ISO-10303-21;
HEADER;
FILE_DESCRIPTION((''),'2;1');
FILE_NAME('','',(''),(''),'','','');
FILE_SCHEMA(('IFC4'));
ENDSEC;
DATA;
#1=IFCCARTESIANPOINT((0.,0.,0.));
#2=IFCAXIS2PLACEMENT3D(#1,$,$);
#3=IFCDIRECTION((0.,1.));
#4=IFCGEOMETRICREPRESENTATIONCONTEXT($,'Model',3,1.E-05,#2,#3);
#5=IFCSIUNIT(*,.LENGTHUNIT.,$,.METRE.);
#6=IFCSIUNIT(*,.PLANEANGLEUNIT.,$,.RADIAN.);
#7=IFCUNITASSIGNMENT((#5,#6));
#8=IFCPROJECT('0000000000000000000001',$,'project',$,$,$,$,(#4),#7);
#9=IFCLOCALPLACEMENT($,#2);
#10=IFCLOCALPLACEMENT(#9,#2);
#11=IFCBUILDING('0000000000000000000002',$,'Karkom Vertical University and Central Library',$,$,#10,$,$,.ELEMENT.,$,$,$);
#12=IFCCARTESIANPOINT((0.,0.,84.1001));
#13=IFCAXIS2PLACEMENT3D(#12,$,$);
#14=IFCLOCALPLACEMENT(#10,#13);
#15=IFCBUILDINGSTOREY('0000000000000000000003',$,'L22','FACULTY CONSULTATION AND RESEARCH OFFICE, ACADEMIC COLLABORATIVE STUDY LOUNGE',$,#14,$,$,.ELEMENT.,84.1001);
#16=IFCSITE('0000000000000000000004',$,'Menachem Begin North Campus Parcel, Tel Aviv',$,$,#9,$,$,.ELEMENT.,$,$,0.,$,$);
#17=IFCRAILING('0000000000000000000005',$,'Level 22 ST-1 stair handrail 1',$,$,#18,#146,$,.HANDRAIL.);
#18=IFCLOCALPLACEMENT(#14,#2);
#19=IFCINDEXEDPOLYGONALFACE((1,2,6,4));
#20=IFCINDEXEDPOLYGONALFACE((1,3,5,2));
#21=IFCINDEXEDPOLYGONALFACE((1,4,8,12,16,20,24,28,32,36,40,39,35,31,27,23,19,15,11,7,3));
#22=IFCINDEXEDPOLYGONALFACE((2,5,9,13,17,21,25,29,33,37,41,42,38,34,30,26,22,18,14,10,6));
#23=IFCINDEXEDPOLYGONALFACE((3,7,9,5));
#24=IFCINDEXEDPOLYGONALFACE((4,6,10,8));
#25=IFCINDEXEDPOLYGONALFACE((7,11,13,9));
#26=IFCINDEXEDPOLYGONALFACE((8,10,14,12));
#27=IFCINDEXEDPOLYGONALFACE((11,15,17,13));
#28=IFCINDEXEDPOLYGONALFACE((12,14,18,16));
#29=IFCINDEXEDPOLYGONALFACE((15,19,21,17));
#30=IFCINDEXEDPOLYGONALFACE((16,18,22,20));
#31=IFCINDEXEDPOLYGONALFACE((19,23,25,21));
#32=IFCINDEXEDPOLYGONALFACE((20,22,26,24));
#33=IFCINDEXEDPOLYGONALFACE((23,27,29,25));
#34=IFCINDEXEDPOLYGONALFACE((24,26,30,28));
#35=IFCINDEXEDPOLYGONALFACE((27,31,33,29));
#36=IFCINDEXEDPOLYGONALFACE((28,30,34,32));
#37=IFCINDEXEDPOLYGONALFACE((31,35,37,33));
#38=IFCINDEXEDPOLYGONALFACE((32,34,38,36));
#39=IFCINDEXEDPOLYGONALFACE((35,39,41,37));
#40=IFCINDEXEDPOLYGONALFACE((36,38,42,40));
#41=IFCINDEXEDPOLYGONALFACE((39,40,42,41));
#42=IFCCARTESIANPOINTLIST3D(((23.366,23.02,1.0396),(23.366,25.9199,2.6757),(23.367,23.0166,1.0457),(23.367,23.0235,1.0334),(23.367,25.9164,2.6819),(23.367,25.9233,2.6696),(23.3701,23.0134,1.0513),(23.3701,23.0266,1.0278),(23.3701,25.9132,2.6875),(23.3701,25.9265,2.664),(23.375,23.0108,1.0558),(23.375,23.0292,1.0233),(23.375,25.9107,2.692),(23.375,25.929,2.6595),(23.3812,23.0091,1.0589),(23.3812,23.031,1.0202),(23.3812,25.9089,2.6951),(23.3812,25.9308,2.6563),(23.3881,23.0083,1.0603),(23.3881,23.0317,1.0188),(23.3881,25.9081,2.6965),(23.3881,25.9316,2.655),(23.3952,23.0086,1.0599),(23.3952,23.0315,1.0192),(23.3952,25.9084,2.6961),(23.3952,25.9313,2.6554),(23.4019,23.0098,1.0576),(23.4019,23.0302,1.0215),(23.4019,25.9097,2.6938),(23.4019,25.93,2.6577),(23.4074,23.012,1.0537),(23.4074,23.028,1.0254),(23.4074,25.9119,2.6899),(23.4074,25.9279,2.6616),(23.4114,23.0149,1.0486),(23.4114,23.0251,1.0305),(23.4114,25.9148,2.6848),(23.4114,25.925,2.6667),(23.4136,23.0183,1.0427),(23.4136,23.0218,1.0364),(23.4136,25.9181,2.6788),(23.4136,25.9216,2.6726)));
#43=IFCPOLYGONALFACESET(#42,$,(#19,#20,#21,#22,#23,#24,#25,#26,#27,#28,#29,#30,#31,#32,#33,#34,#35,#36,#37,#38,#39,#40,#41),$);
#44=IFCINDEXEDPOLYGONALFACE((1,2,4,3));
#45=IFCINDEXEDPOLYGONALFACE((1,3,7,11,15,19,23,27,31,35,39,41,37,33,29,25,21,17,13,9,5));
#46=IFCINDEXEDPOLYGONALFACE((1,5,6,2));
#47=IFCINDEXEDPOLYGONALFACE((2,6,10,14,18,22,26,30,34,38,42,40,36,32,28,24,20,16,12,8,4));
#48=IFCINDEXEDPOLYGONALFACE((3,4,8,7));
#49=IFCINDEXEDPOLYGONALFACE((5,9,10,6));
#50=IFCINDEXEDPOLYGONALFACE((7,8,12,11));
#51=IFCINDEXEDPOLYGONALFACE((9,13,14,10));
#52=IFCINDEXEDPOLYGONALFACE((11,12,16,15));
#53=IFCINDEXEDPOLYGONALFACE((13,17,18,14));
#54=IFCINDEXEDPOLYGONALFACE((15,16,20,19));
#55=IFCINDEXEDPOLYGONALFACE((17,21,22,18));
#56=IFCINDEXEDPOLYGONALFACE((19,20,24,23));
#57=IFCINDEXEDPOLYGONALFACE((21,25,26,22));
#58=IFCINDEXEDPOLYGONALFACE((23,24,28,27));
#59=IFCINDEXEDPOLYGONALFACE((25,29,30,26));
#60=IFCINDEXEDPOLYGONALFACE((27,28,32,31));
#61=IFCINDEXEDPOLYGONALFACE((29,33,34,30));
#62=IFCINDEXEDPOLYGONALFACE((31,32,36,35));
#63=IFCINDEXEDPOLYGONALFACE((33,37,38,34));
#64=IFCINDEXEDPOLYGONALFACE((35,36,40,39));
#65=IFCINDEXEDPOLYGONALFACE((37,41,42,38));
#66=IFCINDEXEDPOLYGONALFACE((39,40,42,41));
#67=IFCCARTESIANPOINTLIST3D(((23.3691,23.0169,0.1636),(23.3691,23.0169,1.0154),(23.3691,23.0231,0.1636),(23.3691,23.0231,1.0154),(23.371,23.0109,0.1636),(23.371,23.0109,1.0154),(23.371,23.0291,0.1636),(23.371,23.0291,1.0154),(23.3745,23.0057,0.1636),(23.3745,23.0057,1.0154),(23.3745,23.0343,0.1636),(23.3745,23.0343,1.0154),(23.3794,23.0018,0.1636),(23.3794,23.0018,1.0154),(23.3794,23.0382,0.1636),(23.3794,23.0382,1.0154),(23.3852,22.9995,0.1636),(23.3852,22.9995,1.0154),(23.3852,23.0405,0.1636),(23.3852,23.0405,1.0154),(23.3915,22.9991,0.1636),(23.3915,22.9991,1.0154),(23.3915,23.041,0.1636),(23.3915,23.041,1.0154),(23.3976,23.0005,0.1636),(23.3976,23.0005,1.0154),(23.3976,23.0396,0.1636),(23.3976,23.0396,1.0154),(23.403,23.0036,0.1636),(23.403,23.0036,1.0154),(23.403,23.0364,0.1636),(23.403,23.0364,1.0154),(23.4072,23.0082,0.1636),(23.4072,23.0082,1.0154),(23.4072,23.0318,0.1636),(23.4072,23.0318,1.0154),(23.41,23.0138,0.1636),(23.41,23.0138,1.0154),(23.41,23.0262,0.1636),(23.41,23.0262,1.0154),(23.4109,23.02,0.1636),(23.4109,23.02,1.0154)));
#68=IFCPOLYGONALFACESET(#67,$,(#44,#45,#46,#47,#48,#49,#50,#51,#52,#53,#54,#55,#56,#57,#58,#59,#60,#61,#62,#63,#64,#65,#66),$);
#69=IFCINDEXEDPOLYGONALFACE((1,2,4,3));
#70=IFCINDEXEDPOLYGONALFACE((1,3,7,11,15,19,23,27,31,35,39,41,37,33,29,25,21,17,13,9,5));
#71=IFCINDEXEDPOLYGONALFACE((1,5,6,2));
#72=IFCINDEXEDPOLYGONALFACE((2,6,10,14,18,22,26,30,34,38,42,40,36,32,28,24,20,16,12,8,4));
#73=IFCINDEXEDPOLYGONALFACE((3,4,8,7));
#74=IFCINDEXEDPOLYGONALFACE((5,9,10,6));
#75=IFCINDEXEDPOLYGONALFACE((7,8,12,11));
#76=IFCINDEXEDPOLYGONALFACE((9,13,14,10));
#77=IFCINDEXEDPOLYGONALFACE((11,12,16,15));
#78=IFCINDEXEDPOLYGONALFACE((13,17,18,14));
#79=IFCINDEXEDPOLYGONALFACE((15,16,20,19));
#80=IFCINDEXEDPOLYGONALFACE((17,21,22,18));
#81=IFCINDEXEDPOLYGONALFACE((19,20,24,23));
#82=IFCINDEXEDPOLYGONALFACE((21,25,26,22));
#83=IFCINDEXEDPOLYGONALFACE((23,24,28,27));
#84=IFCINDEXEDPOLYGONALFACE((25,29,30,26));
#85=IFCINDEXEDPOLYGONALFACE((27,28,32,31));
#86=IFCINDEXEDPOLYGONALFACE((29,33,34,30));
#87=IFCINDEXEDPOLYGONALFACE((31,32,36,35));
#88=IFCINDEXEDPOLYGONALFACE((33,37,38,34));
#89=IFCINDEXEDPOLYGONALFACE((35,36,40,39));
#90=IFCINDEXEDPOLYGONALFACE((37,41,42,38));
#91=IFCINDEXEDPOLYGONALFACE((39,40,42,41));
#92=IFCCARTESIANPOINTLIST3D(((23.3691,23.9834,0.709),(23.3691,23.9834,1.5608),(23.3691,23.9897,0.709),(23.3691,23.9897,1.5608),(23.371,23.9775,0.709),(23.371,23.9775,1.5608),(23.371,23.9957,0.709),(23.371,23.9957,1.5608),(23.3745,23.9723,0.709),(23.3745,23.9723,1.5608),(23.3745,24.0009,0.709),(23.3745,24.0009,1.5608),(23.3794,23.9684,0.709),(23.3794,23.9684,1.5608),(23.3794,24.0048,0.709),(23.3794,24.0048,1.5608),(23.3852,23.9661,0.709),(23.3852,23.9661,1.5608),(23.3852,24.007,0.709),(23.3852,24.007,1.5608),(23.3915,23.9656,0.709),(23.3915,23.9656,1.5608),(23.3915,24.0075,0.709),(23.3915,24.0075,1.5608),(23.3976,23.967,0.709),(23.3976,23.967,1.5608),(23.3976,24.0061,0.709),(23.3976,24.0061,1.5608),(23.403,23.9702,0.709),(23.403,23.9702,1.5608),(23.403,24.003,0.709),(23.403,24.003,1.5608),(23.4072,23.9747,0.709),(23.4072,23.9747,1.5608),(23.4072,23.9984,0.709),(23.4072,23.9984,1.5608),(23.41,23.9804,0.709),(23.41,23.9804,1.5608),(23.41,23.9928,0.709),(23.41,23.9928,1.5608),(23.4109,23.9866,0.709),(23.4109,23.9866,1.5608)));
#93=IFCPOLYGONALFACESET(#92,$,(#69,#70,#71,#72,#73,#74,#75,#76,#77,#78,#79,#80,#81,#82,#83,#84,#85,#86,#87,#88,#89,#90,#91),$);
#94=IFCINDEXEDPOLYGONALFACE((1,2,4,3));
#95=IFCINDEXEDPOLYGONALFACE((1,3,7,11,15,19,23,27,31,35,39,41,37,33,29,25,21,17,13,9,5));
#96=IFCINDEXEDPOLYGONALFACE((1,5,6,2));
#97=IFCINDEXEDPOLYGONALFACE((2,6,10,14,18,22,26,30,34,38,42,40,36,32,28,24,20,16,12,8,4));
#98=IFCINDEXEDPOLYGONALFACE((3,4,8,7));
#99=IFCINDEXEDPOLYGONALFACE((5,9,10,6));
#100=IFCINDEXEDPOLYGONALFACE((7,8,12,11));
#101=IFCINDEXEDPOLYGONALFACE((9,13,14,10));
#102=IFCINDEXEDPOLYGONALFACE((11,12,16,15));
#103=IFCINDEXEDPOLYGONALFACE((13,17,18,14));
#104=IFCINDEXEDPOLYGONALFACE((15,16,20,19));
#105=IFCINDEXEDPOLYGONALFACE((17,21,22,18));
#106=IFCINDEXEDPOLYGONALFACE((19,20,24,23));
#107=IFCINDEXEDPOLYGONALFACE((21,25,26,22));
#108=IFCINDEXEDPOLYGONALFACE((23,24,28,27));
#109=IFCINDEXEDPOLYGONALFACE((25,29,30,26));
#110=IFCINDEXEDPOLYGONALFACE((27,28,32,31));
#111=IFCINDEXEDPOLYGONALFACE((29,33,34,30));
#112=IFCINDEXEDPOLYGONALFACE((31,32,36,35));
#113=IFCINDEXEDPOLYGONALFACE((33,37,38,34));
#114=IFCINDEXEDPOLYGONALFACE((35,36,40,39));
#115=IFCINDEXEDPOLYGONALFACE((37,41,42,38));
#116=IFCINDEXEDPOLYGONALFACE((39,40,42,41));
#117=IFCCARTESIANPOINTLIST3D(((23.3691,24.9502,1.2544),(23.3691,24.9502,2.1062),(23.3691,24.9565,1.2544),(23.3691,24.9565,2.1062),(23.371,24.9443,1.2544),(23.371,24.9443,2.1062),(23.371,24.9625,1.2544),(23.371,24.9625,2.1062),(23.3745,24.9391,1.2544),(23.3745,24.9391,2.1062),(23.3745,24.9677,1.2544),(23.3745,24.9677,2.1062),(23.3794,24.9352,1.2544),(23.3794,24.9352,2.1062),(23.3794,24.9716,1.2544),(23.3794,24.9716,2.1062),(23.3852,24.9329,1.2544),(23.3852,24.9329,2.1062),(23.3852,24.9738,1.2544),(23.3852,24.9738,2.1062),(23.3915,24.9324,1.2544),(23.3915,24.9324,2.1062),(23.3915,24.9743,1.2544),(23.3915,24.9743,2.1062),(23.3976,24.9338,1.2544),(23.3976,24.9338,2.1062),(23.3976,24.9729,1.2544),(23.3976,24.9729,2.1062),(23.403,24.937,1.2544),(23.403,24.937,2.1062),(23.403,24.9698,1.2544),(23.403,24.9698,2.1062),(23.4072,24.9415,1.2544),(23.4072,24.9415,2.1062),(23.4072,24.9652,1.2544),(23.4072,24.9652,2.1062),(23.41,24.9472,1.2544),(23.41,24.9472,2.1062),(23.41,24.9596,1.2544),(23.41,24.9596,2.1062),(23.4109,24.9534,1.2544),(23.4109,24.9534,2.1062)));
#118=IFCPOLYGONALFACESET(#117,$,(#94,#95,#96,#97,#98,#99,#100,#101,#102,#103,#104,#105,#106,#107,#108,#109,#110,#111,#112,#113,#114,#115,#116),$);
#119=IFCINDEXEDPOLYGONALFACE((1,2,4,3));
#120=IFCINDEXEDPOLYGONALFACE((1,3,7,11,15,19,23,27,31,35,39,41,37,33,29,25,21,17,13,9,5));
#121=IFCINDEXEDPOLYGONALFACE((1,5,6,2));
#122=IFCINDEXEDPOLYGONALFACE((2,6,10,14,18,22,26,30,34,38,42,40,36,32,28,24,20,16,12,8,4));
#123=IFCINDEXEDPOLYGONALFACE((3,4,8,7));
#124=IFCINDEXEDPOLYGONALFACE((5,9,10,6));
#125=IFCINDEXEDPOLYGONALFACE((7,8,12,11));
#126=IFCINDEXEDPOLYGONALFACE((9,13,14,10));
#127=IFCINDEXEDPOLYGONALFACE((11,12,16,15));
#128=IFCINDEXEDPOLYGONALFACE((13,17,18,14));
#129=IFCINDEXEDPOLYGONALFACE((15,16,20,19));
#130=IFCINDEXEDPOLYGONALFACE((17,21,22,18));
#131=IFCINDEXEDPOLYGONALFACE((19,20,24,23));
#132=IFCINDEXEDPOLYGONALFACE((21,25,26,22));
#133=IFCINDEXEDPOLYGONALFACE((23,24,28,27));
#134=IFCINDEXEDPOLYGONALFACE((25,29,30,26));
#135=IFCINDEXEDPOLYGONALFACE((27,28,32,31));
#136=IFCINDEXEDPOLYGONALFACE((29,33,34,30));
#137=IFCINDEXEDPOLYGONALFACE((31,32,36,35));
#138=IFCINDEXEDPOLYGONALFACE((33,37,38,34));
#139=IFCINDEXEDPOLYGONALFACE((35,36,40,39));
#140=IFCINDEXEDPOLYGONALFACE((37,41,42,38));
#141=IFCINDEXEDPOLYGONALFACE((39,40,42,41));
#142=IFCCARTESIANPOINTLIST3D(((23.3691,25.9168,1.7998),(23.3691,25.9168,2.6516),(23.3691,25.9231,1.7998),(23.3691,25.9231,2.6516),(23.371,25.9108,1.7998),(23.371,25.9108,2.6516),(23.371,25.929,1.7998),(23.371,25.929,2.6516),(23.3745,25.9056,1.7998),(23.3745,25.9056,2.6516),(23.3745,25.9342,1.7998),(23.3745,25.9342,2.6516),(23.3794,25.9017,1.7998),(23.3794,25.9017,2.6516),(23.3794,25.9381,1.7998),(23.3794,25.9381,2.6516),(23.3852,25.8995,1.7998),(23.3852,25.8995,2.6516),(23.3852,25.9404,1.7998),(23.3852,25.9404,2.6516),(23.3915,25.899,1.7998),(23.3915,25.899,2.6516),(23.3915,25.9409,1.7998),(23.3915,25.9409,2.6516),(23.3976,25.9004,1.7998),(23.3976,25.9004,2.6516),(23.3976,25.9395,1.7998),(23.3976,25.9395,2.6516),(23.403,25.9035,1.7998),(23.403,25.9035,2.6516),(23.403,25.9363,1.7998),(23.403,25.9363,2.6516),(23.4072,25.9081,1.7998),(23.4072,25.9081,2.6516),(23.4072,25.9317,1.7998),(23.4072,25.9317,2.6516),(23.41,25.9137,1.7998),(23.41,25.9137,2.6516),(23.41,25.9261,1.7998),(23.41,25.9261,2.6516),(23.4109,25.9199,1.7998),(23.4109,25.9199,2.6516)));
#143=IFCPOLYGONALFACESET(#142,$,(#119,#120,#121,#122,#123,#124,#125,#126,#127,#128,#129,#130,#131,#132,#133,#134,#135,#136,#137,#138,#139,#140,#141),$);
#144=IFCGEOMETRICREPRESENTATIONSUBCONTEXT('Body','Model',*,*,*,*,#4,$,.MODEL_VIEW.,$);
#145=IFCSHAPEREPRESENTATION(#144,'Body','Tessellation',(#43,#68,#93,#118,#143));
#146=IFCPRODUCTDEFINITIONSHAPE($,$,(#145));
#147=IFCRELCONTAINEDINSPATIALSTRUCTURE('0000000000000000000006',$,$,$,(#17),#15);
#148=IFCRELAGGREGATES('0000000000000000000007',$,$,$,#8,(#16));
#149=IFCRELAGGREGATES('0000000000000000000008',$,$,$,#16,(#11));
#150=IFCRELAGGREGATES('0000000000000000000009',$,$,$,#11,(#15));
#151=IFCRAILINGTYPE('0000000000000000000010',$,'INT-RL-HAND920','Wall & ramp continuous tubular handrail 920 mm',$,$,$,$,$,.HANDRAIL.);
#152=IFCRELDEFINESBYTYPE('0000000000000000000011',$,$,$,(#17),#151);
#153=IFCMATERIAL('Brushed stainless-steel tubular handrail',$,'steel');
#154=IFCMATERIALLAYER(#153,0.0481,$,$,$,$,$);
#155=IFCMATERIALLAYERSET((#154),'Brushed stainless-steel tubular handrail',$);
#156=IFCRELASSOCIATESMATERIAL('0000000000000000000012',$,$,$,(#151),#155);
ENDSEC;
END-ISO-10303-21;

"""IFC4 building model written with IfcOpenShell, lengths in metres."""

from ifc_helpers import new_model, si_unit, direction, frame, origin, origin_2d, place, context, subcontext, project, spatial, circle, extrude, material, layer, layer_set, type_object, element, save


model = new_model("IFC4")

# Units and contexts
model_context = context("Model", 3, precision=1e-05, world=origin(), true_north=direction((0.0, 1.0)))
body_context = subcontext(model_context, "Body", "Model", "MODEL_VIEW")
ifc_project = project(units=[si_unit("LENGTHUNIT", "METRE"), si_unit("PLANEANGLEUNIT", "RADIAN")], contexts=[model_context])

# Site, building, storey
site_placement = place(None, origin())
site = spatial("IfcSite", under=ifc_project, at=site_placement, Name="Menachem Begin North Campus Parcel, Tel Aviv", CompositionType="ELEMENT", RefElevation=0.0)
building_placement = place(site_placement, origin())
building = spatial("IfcBuilding", under=site, at=building_placement, Name="Karkom Vertical University and Central Library", CompositionType="ELEMENT")
storey_placement = place(building_placement, frame((0.0, 0.0, 84.1001)))
storey = spatial("IfcBuildingStorey", under=building, at=storey_placement, Name="L22", Description="FACULTY CONSULTATION AND RESEARCH OFFICE, ACADEMIC COLLABORATIVE STUDY LOUNGE", CompositionType="ELEMENT", Elevation=84.1001)

# Railing
ifc_material_1 = material(Name="Brushed stainless-steel tubular handrail", Category="steel")
ifc_layer_1 = layer(ifc_material_1, 0.0481)
ifc_layer_set_1 = layer_set([ifc_layer_1], Name="Brushed stainless-steel tubular handrail")
railing_type_1 = type_object("IfcRailingType", Name="INT-RL-HAND920", Description="Wall & ramp continuous tubular handrail 920 mm", PredefinedType="HANDRAIL", material=ifc_layer_set_1)
railing_1_placement = place(storey_placement, frame((23.3899, 23.02, 0.1636)))
element("IfcRailing", 1, at=railing_1_placement, inside=storey, type_object=railing_type_1, Name="Level 22 ST-1 stair handrail 1", PredefinedType="HANDRAIL", context=body_context, shape_type="SweptSolid", body=[
    extrude(circle(Radius=0.0239, at=origin_2d()), frame((0.0, 0.0, 0.876), z_axis=(0.0, 0.870929, 0.49141), x_axis=(-1.0, 0.0, 0.0)), (0.0, 0.0, 1.0), 3.3296),
    extrude(circle(Radius=0.021, at=origin_2d()), origin(), (0.0, 0.0, 1.0), 0.8518),
    extrude(circle(Radius=0.021, at=origin_2d()), frame((0.0, 0.9666, 0.5454)), (0.0, 0.0, 1.0), 0.8518),
    extrude(circle(Radius=0.021, at=origin_2d()), frame((0.0, 1.9333, 1.0908)), (0.0, 0.0, 1.0), 0.8518),
    extrude(circle(Radius=0.021, at=origin_2d()), frame((0.0, 2.8999, 1.6362)), (0.0, 0.0, 1.0), 0.8518),
])

save(model, "model.ifc")
